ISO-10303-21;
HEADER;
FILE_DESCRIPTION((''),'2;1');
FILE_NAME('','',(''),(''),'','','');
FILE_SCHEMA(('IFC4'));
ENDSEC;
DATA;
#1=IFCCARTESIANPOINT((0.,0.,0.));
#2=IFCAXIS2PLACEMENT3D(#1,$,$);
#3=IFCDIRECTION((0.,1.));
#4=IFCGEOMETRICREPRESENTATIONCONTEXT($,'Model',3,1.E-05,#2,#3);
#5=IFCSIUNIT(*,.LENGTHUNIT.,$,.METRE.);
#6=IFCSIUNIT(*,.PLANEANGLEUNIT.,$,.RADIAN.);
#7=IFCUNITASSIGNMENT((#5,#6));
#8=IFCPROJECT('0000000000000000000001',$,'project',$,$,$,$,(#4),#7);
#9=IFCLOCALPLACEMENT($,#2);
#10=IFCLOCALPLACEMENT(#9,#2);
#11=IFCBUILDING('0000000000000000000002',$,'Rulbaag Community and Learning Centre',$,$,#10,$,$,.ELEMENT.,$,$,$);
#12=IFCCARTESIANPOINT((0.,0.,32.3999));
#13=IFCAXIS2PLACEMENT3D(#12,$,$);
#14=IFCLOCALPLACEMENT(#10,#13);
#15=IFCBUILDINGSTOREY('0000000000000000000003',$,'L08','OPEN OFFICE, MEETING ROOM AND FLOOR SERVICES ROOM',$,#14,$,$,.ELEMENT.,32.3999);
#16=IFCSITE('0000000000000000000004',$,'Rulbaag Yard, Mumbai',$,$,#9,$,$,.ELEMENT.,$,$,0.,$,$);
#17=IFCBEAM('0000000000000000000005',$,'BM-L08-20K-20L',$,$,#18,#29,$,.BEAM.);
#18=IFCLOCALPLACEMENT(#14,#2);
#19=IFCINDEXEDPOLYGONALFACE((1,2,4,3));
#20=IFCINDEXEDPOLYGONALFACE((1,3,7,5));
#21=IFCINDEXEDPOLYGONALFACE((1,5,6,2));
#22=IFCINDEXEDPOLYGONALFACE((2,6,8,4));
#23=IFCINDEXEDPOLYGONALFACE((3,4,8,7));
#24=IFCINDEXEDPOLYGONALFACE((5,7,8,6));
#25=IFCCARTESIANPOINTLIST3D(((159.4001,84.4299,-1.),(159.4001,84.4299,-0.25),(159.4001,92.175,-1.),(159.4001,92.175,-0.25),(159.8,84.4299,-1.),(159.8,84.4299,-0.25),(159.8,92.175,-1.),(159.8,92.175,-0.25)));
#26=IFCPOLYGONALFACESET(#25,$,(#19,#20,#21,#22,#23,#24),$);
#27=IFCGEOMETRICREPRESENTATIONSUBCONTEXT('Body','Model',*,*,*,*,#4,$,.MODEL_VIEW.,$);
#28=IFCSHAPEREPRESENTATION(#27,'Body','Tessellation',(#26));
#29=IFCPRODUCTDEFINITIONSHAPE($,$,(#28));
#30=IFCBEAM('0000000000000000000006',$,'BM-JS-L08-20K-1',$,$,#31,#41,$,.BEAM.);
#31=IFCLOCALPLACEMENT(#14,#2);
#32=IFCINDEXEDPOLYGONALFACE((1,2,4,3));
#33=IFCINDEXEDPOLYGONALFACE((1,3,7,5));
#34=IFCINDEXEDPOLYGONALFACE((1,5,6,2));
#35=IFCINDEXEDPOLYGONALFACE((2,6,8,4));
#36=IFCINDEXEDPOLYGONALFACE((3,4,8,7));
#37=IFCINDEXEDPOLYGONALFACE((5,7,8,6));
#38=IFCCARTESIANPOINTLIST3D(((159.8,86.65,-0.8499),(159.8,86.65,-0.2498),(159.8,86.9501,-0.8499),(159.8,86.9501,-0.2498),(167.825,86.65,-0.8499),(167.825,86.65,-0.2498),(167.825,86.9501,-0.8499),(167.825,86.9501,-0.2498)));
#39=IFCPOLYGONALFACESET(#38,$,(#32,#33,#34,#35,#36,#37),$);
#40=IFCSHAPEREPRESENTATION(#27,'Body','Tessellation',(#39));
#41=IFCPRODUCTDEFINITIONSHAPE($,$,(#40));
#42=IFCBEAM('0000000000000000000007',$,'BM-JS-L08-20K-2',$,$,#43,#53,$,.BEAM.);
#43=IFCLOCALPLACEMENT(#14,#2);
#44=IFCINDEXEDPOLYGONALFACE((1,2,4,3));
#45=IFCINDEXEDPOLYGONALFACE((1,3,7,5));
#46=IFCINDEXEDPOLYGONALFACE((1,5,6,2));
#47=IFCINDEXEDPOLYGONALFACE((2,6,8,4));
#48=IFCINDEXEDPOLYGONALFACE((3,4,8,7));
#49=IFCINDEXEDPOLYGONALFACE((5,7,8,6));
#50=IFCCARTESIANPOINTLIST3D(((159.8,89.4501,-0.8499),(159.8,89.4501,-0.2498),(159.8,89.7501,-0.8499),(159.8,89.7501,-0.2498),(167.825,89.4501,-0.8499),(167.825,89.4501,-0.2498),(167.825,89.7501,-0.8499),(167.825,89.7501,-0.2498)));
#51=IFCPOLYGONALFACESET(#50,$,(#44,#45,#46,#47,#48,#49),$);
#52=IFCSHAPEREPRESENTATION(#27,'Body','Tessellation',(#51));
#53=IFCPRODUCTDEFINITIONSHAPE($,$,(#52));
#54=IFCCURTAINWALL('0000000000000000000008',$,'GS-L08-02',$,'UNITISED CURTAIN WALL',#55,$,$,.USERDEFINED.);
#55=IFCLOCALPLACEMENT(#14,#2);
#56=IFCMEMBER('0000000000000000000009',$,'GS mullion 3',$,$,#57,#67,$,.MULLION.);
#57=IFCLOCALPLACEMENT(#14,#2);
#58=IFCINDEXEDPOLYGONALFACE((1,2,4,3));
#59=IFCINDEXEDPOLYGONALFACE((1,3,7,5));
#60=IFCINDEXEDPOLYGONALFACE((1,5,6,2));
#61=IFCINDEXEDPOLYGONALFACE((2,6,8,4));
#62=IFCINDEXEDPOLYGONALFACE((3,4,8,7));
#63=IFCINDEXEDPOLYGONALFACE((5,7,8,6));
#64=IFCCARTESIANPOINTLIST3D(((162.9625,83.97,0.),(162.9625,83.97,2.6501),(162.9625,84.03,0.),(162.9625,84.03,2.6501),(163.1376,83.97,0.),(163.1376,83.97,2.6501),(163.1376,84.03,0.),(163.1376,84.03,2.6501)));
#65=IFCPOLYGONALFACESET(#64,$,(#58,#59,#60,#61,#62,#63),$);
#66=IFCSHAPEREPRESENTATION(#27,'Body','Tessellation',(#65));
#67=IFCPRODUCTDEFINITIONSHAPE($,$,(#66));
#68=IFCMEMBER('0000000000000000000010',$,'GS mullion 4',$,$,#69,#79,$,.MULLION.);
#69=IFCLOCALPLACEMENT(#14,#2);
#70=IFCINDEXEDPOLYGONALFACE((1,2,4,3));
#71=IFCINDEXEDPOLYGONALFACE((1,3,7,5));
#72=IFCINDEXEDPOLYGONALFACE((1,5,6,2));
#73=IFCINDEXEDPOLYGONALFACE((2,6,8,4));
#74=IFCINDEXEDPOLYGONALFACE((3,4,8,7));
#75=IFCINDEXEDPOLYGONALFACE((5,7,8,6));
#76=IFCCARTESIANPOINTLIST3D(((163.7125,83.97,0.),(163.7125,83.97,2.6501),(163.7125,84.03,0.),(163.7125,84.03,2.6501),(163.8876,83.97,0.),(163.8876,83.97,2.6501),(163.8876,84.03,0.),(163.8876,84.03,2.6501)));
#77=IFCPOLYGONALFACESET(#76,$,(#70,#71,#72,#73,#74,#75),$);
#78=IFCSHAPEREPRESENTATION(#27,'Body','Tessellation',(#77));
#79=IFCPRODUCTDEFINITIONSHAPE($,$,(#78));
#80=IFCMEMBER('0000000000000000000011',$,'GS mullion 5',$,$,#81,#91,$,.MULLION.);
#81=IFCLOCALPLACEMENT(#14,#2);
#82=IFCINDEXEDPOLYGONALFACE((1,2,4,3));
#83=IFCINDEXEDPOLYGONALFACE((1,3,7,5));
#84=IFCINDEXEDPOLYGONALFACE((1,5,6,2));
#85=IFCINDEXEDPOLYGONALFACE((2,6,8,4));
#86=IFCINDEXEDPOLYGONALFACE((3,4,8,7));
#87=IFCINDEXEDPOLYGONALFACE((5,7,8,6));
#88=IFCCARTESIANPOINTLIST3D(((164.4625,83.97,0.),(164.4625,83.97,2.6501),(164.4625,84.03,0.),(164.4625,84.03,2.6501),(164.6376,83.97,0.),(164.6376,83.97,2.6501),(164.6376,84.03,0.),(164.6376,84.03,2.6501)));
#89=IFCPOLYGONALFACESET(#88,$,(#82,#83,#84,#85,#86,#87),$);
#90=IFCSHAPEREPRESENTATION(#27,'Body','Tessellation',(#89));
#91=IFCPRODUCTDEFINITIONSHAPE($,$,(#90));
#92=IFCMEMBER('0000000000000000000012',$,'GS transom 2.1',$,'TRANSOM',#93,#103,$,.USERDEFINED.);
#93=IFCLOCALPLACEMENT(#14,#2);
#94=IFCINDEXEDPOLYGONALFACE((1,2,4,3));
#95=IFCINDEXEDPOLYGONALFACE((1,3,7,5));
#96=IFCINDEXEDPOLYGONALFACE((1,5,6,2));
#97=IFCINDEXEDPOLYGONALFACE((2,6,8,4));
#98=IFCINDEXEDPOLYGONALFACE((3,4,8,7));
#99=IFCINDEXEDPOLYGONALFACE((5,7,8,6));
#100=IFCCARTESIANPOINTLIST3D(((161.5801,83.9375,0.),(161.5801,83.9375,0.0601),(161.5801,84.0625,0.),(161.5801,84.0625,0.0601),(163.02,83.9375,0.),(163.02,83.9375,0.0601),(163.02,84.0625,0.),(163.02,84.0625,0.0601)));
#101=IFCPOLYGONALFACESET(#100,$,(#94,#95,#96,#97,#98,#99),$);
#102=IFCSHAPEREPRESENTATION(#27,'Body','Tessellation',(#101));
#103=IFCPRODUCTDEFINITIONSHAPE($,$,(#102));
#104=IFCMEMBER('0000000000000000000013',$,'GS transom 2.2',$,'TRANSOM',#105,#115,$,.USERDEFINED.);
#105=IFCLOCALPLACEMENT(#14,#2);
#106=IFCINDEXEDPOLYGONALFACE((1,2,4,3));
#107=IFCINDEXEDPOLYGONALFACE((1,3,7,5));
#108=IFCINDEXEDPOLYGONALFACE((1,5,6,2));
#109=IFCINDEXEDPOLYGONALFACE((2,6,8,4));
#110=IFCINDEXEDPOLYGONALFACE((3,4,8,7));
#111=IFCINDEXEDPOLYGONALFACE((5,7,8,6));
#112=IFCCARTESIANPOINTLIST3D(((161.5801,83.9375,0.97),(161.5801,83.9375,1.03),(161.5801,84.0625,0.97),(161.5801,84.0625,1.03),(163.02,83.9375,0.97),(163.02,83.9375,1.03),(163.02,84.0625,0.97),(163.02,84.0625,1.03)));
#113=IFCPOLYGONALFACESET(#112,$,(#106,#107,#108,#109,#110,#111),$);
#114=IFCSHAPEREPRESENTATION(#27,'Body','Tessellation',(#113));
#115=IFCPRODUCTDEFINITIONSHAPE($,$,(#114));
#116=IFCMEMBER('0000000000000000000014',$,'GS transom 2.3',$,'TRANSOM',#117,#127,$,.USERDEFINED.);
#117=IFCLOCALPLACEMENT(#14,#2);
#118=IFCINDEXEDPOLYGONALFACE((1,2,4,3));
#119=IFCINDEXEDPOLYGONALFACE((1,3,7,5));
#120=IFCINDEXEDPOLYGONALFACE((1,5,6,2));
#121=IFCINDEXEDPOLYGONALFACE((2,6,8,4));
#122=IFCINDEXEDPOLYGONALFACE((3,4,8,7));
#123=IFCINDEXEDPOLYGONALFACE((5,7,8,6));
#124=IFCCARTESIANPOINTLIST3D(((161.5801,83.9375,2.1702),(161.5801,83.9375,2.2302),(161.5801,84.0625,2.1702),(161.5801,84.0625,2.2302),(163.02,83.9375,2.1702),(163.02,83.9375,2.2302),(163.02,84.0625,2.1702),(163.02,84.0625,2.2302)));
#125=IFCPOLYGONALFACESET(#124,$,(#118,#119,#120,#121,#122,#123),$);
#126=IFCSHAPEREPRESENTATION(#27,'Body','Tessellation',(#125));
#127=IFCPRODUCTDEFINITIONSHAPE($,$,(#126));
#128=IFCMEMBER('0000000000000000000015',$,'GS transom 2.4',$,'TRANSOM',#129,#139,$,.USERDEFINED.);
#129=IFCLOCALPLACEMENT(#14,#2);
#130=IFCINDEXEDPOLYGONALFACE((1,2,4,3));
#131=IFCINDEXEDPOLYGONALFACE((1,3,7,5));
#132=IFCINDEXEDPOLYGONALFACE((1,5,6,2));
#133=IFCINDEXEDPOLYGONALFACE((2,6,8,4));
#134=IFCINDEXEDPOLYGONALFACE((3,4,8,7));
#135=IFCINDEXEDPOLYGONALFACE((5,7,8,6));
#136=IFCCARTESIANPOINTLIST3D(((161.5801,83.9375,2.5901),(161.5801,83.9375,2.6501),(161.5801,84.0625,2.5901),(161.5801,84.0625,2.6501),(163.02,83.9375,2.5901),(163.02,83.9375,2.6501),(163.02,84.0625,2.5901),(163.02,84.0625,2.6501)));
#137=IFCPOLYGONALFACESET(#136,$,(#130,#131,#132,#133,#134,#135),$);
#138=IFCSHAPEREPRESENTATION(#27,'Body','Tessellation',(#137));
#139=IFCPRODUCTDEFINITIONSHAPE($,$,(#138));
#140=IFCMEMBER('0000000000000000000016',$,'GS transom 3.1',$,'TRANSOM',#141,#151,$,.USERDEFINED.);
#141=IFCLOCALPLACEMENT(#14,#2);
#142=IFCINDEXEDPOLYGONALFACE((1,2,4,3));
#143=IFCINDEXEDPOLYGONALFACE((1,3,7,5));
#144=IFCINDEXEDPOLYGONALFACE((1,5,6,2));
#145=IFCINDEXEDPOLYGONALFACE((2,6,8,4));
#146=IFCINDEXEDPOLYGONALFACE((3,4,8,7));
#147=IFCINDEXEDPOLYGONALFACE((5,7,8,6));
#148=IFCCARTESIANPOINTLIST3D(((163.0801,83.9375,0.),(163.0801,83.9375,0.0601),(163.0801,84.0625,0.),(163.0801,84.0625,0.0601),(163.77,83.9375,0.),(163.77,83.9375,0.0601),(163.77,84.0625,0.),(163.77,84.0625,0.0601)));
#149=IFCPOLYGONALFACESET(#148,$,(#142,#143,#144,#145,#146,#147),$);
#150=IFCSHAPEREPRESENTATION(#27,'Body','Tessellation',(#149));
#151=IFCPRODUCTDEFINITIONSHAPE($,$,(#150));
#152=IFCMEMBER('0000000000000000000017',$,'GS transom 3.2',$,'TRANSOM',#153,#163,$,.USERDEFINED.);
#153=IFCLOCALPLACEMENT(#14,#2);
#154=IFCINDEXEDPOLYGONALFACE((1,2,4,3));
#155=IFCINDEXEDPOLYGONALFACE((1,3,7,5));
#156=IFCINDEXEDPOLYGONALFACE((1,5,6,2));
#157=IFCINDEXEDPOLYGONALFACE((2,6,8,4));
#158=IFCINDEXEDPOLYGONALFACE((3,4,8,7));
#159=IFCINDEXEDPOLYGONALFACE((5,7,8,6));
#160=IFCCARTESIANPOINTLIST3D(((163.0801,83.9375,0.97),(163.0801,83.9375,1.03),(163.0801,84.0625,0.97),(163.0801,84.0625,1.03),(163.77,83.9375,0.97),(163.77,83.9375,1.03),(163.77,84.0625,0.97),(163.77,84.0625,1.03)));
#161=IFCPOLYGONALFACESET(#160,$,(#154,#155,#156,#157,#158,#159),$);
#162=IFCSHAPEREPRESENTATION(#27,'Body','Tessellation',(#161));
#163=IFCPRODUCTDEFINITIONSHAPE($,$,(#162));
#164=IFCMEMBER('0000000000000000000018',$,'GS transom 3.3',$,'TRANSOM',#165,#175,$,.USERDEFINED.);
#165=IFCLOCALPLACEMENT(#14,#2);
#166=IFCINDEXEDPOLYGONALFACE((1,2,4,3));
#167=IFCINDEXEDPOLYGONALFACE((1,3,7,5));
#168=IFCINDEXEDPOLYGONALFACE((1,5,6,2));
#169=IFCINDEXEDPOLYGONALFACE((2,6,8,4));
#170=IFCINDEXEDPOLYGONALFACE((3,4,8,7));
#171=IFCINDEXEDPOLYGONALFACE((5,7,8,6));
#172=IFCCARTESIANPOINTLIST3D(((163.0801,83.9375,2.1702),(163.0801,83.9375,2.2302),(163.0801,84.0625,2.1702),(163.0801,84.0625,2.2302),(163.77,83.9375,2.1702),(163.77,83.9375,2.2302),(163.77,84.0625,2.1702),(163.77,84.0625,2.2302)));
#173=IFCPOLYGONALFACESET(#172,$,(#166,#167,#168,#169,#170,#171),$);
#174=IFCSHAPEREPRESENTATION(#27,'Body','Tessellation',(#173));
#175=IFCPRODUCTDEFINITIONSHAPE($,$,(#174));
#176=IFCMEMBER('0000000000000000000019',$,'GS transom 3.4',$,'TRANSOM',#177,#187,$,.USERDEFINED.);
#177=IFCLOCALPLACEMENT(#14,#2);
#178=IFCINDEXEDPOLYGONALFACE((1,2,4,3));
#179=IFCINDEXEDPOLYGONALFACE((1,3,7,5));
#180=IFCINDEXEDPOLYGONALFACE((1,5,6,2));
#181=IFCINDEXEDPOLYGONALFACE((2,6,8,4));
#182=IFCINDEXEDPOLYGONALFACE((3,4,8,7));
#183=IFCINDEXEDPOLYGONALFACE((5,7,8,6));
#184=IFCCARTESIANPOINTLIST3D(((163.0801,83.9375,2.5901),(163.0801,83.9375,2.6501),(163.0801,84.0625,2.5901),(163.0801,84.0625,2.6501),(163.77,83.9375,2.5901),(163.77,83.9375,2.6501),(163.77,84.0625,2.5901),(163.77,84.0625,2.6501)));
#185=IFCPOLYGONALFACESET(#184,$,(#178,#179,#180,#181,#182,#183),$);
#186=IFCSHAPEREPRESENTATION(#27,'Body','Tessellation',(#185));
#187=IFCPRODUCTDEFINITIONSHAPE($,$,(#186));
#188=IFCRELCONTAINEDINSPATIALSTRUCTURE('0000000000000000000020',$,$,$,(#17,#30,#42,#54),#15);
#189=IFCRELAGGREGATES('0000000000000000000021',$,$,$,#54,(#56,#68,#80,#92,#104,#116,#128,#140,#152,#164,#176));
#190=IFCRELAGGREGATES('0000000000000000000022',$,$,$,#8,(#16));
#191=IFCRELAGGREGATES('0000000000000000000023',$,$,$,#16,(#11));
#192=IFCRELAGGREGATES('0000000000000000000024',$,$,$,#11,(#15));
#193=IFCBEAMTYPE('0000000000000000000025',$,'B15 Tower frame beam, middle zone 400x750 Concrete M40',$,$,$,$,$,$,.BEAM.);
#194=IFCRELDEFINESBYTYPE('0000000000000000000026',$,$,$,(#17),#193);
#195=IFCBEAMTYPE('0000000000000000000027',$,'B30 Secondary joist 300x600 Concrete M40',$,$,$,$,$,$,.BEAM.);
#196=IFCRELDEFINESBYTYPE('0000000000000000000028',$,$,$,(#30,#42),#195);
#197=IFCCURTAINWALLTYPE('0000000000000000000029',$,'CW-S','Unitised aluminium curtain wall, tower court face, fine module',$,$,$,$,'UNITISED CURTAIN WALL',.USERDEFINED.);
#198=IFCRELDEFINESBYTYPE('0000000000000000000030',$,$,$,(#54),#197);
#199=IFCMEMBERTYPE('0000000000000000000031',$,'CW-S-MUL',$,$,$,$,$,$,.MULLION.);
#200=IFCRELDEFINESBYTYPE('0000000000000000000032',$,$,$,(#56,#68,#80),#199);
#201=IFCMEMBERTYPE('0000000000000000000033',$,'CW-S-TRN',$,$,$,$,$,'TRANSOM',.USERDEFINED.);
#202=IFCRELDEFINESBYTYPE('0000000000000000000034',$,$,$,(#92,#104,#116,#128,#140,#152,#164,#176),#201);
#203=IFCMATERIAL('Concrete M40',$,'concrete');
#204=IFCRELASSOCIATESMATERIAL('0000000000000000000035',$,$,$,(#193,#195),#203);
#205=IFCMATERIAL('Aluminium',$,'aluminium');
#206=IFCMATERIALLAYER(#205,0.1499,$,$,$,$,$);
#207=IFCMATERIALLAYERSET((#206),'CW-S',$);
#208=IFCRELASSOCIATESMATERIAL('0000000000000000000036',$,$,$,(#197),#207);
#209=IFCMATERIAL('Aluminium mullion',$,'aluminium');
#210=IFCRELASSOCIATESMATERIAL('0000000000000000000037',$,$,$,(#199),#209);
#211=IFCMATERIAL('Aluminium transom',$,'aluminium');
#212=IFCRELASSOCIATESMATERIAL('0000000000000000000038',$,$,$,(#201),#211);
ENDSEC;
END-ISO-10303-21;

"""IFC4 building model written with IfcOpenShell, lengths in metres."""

from ifc_helpers import new_model, si_unit, direction, frame, origin, origin_2d, place, context, subcontext, project, spatial, rectangle, extrude, material, layer, layer_set, material_profile, profile_set, type_object, element, aggregate, save


model = new_model("IFC4")

# Units and contexts
model_context = context("Model", 3, precision=1e-05, world=origin(), true_north=direction((0.0, 1.0)))
body_context = subcontext(model_context, "Body", "Model", "MODEL_VIEW")
ifc_project = project(units=[si_unit("LENGTHUNIT", "METRE"), si_unit("PLANEANGLEUNIT", "RADIAN")], contexts=[model_context])

# Site, building, storey
site_placement = place(None, origin())
site = spatial("IfcSite", under=ifc_project, at=site_placement, Name="Rulbaag Yard, Mumbai", CompositionType="ELEMENT", RefElevation=0.0)
building_placement = place(site_placement, origin())
building = spatial("IfcBuilding", under=site, at=building_placement, Name="Rulbaag Community and Learning Centre", CompositionType="ELEMENT")
storey_placement = place(building_placement, frame((0.0, 0.0, 32.3999)))
storey = spatial("IfcBuildingStorey", under=building, at=storey_placement, Name="L08", Description="OPEN OFFICE, MEETING ROOM AND FLOOR SERVICES ROOM", CompositionType="ELEMENT", Elevation=32.3999)

# Beams
ifc_material_1 = material(Name="Concrete M40", Category="concrete")
ifc_material_profile_1 = material_profile(ifc_material_1, rectangle(XDim=0.3999, YDim=0.75, at=origin_2d()), Name="RB400x750")
ifc_profile_set_1 = profile_set([ifc_material_profile_1], Name="Concrete M40")
beam_type_1 = type_object("IfcBeamType", Name="B15 Tower frame beam, middle zone 400x750 Concrete M40", PredefinedType="BEAM", material=ifc_profile_set_1)
beam_placement = place(storey_placement, frame((159.6001, 84.4299, -0.625), z_axis=(0.0, 1.0, 0.0), x_axis=(-1.0, 0.0, 0.0)))
element("IfcBeam", 1, at=beam_placement, inside=storey, type_object=beam_type_1, Name="BM-L08-20K-20L", PredefinedType="BEAM", context=body_context, shape_type="SweptSolid", body=[
    extrude(rectangle(XDim=0.3999, YDim=0.75, at=origin_2d()), origin(), (0.0, 0.0, 1.0), 7.7451),
])
ifc_material_profile_2 = material_profile(ifc_material_1, rectangle(XDim=0.3, YDim=0.6001, at=origin_2d()), Name="RB300x600")
ifc_profile_set_2 = profile_set([ifc_material_profile_2], Name="Concrete M40")
beam_type_2 = type_object("IfcBeamType", Name="B30 Secondary joist 300x600 Concrete M40", PredefinedType="BEAM", material=ifc_profile_set_2)
for number, where, z_axis, x_axis, name in (
    (2, (159.8, 86.8, -0.5498), (1.0, 0.0, 0.0), (0.0, 1.0, 0.0), "BM-JS-L08-20K-1"),
    (3, (159.8, 89.6001, -0.5498), (1.0, 0.0, 0.0), (0.0, 1.0, 0.0), "BM-JS-L08-20K-2"),
):
    element("IfcBeam", number, at=place(storey_placement, frame(where, z_axis=z_axis, x_axis=x_axis)), inside=storey, type_object=beam_type_2, Name=name, PredefinedType="BEAM", context=body_context, shape_type="SweptSolid", body=[
        extrude(rectangle(XDim=0.3, YDim=0.6001, at=origin_2d()), origin(), (0.0, 0.0, 1.0), 8.0249),
    ])

# Curtain wall, members
ifc_material_2 = material(Name="Aluminium", Category="aluminium")
ifc_layer_1 = layer(ifc_material_2, 0.1499)
ifc_layer_set_1 = layer_set([ifc_layer_1], Name="CW-S")
curtain_wall_type = type_object("IfcCurtainWallType", Name="CW-S", Description="Unitised aluminium curtain wall, tower court face, fine module", ElementType="UNITISED CURTAIN WALL", PredefinedType="USERDEFINED", material=ifc_layer_set_1)
curtain_wall_placement = place(storey_placement, origin())
curtain_wall = element("IfcCurtainWall", 4, at=curtain_wall_placement, inside=storey, type_object=curtain_wall_type, Name="GS-L08-02", ObjectType="UNITISED CURTAIN WALL", PredefinedType="USERDEFINED")
ifc_material_3 = material(Name="Aluminium mullion", Category="aluminium")
ifc_material_profile_3 = material_profile(ifc_material_3, rectangle(XDim=0.0601, YDim=0.175, at=origin_2d()), Name="AL 60x175")
ifc_profile_set_3 = profile_set([ifc_material_profile_3], Name="Aluminium mullion")
member_type_1 = type_object("IfcMemberType", Name="CW-S-MUL", PredefinedType="MULLION", material=ifc_profile_set_3)
member_1_placement = place(storey_placement, frame((163.05, 84.0, 0.0), z_axis=(0.0, 0.0, 1.0), x_axis=(0.0, 1.0, 0.0)))
member_1 = element("IfcMember", 5, at=member_1_placement, type_object=member_type_1, Name="GS mullion 3", PredefinedType="MULLION", context=body_context, shape_type="SweptSolid", body=[
    extrude(rectangle(XDim=0.0601, YDim=0.175, at=origin_2d()), origin(), (0.0, 0.0, 1.0), 2.6501),
])
member_2_placement = place(storey_placement, frame((163.8, 84.0, 0.0), z_axis=(0.0, 0.0, 1.0), x_axis=(0.0, 1.0, 0.0)))
member_2 = element("IfcMember", 6, at=member_2_placement, type_object=member_type_1, Name="GS mullion 4", PredefinedType="MULLION", context=body_context, shape_type="SweptSolid", body=[
    extrude(rectangle(XDim=0.0601, YDim=0.175, at=origin_2d()), origin(), (0.0, 0.0, 1.0), 2.6501),
])
member_3_placement = place(storey_placement, frame((164.55, 84.0, 0.0), z_axis=(0.0, 0.0, 1.0), x_axis=(0.0, 1.0, 0.0)))
member_3 = element("IfcMember", 7, at=member_3_placement, type_object=member_type_1, Name="GS mullion 5", PredefinedType="MULLION", context=body_context, shape_type="SweptSolid", body=[
    extrude(rectangle(XDim=0.0601, YDim=0.175, at=origin_2d()), origin(), (0.0, 0.0, 1.0), 2.6501),
])
ifc_material_4 = material(Name="Aluminium transom", Category="aluminium")
ifc_material_profile_4 = material_profile(ifc_material_4, rectangle(XDim=0.125, YDim=0.0601, at=origin_2d()), Name="AL 60x125 T")
ifc_profile_set_4 = profile_set([ifc_material_profile_4], Name="Aluminium transom")
member_type_2 = type_object("IfcMemberType", Name="CW-S-TRN", ElementType="TRANSOM", PredefinedType="USERDEFINED", material=ifc_profile_set_4)
member_4_placement = place(storey_placement, frame((161.5801, 84.0, 0.03), z_axis=(1.0, 0.0, 0.0), x_axis=(0.0, 1.0, 0.0)))
member_4 = element("IfcMember", 8, at=member_4_placement, type_object=member_type_2, Name="GS transom 2.1", ObjectType="TRANSOM", PredefinedType="USERDEFINED", context=body_context, shape_type="SweptSolid", body=[
    extrude(rectangle(XDim=0.125, YDim=0.0601, at=origin_2d()), origin(), (0.0, 0.0, 1.0), 1.4399),
])
member_5_placement = place(storey_placement, frame((161.5801, 84.0, 1.0), z_axis=(1.0, 0.0, 0.0), x_axis=(0.0, 1.0, 0.0)))
member_5 = element("IfcMember", 9, at=member_5_placement, type_object=member_type_2, Name="GS transom 2.2", ObjectType="TRANSOM", PredefinedType="USERDEFINED", context=body_context, shape_type="SweptSolid", body=[
    extrude(rectangle(XDim=0.125, YDim=0.0601, at=origin_2d()), origin(), (0.0, 0.0, 1.0), 1.4399),
])
member_6_placement = place(storey_placement, frame((161.5801, 84.0, 2.2002), z_axis=(1.0, 0.0, 0.0), x_axis=(0.0, 1.0, 0.0)))
member_6 = element("IfcMember", 10, at=member_6_placement, type_object=member_type_2, Name="GS transom 2.3", ObjectType="TRANSOM", PredefinedType="USERDEFINED", context=body_context, shape_type="SweptSolid", body=[
    extrude(rectangle(XDim=0.125, YDim=0.0601, at=origin_2d()), origin(), (0.0, 0.0, 1.0), 1.4399),
])
member_7_placement = place(storey_placement, frame((161.5801, 84.0, 2.6201), z_axis=(1.0, 0.0, 0.0), x_axis=(0.0, 1.0, 0.0)))
member_7 = element("IfcMember", 11, at=member_7_placement, type_object=member_type_2, Name="GS transom 2.4", ObjectType="TRANSOM", PredefinedType="USERDEFINED", context=body_context, shape_type="SweptSolid", body=[
    extrude(rectangle(XDim=0.125, YDim=0.0601, at=origin_2d()), origin(), (0.0, 0.0, 1.0), 1.4399),
])
member_8_placement = place(storey_placement, frame((163.0801, 84.0, 0.03), z_axis=(1.0, 0.0, 0.0), x_axis=(0.0, 1.0, 0.0)))
member_8 = element("IfcMember", 12, at=member_8_placement, type_object=member_type_2, Name="GS transom 3.1", ObjectType="TRANSOM", PredefinedType="USERDEFINED", context=body_context, shape_type="SweptSolid", body=[
    extrude(rectangle(XDim=0.125, YDim=0.0601, at=origin_2d()), origin(), (0.0, 0.0, 1.0), 0.6899),
])
member_9_placement = place(storey_placement, frame((163.0801, 84.0, 1.0), z_axis=(1.0, 0.0, 0.0), x_axis=(0.0, 1.0, 0.0)))
member_9 = element("IfcMember", 13, at=member_9_placement, type_object=member_type_2, Name="GS transom 3.2", ObjectType="TRANSOM", PredefinedType="USERDEFINED", context=body_context, shape_type="SweptSolid", body=[
    extrude(rectangle(XDim=0.125, YDim=0.0601, at=origin_2d()), origin(), (0.0, 0.0, 1.0), 0.6899),
])
member_10_placement = place(storey_placement, frame((163.0801, 84.0, 2.2002), z_axis=(1.0, 0.0, 0.0), x_axis=(0.0, 1.0, 0.0)))
member_10 = element("IfcMember", 14, at=member_10_placement, type_object=member_type_2, Name="GS transom 3.3", ObjectType="TRANSOM", PredefinedType="USERDEFINED", context=body_context, shape_type="SweptSolid", body=[
    extrude(rectangle(XDim=0.125, YDim=0.0601, at=origin_2d()), origin(), (0.0, 0.0, 1.0), 0.6899),
])
member_11_placement = place(storey_placement, frame((163.0801, 84.0, 2.6201), z_axis=(1.0, 0.0, 0.0), x_axis=(0.0, 1.0, 0.0)))
member_11 = element("IfcMember", 15, at=member_11_placement, type_object=member_type_2, Name="GS transom 3.4", ObjectType="TRANSOM", PredefinedType="USERDEFINED", context=body_context, shape_type="SweptSolid", body=[
    extrude(rectangle(XDim=0.125, YDim=0.0601, at=origin_2d()), origin(), (0.0, 0.0, 1.0), 0.6899),
])
aggregate(curtain_wall, [member_1, member_2, member_3, member_4, member_5, member_6, member_7, member_8, member_9, member_10, member_11])

save(model, "model.ifc")
